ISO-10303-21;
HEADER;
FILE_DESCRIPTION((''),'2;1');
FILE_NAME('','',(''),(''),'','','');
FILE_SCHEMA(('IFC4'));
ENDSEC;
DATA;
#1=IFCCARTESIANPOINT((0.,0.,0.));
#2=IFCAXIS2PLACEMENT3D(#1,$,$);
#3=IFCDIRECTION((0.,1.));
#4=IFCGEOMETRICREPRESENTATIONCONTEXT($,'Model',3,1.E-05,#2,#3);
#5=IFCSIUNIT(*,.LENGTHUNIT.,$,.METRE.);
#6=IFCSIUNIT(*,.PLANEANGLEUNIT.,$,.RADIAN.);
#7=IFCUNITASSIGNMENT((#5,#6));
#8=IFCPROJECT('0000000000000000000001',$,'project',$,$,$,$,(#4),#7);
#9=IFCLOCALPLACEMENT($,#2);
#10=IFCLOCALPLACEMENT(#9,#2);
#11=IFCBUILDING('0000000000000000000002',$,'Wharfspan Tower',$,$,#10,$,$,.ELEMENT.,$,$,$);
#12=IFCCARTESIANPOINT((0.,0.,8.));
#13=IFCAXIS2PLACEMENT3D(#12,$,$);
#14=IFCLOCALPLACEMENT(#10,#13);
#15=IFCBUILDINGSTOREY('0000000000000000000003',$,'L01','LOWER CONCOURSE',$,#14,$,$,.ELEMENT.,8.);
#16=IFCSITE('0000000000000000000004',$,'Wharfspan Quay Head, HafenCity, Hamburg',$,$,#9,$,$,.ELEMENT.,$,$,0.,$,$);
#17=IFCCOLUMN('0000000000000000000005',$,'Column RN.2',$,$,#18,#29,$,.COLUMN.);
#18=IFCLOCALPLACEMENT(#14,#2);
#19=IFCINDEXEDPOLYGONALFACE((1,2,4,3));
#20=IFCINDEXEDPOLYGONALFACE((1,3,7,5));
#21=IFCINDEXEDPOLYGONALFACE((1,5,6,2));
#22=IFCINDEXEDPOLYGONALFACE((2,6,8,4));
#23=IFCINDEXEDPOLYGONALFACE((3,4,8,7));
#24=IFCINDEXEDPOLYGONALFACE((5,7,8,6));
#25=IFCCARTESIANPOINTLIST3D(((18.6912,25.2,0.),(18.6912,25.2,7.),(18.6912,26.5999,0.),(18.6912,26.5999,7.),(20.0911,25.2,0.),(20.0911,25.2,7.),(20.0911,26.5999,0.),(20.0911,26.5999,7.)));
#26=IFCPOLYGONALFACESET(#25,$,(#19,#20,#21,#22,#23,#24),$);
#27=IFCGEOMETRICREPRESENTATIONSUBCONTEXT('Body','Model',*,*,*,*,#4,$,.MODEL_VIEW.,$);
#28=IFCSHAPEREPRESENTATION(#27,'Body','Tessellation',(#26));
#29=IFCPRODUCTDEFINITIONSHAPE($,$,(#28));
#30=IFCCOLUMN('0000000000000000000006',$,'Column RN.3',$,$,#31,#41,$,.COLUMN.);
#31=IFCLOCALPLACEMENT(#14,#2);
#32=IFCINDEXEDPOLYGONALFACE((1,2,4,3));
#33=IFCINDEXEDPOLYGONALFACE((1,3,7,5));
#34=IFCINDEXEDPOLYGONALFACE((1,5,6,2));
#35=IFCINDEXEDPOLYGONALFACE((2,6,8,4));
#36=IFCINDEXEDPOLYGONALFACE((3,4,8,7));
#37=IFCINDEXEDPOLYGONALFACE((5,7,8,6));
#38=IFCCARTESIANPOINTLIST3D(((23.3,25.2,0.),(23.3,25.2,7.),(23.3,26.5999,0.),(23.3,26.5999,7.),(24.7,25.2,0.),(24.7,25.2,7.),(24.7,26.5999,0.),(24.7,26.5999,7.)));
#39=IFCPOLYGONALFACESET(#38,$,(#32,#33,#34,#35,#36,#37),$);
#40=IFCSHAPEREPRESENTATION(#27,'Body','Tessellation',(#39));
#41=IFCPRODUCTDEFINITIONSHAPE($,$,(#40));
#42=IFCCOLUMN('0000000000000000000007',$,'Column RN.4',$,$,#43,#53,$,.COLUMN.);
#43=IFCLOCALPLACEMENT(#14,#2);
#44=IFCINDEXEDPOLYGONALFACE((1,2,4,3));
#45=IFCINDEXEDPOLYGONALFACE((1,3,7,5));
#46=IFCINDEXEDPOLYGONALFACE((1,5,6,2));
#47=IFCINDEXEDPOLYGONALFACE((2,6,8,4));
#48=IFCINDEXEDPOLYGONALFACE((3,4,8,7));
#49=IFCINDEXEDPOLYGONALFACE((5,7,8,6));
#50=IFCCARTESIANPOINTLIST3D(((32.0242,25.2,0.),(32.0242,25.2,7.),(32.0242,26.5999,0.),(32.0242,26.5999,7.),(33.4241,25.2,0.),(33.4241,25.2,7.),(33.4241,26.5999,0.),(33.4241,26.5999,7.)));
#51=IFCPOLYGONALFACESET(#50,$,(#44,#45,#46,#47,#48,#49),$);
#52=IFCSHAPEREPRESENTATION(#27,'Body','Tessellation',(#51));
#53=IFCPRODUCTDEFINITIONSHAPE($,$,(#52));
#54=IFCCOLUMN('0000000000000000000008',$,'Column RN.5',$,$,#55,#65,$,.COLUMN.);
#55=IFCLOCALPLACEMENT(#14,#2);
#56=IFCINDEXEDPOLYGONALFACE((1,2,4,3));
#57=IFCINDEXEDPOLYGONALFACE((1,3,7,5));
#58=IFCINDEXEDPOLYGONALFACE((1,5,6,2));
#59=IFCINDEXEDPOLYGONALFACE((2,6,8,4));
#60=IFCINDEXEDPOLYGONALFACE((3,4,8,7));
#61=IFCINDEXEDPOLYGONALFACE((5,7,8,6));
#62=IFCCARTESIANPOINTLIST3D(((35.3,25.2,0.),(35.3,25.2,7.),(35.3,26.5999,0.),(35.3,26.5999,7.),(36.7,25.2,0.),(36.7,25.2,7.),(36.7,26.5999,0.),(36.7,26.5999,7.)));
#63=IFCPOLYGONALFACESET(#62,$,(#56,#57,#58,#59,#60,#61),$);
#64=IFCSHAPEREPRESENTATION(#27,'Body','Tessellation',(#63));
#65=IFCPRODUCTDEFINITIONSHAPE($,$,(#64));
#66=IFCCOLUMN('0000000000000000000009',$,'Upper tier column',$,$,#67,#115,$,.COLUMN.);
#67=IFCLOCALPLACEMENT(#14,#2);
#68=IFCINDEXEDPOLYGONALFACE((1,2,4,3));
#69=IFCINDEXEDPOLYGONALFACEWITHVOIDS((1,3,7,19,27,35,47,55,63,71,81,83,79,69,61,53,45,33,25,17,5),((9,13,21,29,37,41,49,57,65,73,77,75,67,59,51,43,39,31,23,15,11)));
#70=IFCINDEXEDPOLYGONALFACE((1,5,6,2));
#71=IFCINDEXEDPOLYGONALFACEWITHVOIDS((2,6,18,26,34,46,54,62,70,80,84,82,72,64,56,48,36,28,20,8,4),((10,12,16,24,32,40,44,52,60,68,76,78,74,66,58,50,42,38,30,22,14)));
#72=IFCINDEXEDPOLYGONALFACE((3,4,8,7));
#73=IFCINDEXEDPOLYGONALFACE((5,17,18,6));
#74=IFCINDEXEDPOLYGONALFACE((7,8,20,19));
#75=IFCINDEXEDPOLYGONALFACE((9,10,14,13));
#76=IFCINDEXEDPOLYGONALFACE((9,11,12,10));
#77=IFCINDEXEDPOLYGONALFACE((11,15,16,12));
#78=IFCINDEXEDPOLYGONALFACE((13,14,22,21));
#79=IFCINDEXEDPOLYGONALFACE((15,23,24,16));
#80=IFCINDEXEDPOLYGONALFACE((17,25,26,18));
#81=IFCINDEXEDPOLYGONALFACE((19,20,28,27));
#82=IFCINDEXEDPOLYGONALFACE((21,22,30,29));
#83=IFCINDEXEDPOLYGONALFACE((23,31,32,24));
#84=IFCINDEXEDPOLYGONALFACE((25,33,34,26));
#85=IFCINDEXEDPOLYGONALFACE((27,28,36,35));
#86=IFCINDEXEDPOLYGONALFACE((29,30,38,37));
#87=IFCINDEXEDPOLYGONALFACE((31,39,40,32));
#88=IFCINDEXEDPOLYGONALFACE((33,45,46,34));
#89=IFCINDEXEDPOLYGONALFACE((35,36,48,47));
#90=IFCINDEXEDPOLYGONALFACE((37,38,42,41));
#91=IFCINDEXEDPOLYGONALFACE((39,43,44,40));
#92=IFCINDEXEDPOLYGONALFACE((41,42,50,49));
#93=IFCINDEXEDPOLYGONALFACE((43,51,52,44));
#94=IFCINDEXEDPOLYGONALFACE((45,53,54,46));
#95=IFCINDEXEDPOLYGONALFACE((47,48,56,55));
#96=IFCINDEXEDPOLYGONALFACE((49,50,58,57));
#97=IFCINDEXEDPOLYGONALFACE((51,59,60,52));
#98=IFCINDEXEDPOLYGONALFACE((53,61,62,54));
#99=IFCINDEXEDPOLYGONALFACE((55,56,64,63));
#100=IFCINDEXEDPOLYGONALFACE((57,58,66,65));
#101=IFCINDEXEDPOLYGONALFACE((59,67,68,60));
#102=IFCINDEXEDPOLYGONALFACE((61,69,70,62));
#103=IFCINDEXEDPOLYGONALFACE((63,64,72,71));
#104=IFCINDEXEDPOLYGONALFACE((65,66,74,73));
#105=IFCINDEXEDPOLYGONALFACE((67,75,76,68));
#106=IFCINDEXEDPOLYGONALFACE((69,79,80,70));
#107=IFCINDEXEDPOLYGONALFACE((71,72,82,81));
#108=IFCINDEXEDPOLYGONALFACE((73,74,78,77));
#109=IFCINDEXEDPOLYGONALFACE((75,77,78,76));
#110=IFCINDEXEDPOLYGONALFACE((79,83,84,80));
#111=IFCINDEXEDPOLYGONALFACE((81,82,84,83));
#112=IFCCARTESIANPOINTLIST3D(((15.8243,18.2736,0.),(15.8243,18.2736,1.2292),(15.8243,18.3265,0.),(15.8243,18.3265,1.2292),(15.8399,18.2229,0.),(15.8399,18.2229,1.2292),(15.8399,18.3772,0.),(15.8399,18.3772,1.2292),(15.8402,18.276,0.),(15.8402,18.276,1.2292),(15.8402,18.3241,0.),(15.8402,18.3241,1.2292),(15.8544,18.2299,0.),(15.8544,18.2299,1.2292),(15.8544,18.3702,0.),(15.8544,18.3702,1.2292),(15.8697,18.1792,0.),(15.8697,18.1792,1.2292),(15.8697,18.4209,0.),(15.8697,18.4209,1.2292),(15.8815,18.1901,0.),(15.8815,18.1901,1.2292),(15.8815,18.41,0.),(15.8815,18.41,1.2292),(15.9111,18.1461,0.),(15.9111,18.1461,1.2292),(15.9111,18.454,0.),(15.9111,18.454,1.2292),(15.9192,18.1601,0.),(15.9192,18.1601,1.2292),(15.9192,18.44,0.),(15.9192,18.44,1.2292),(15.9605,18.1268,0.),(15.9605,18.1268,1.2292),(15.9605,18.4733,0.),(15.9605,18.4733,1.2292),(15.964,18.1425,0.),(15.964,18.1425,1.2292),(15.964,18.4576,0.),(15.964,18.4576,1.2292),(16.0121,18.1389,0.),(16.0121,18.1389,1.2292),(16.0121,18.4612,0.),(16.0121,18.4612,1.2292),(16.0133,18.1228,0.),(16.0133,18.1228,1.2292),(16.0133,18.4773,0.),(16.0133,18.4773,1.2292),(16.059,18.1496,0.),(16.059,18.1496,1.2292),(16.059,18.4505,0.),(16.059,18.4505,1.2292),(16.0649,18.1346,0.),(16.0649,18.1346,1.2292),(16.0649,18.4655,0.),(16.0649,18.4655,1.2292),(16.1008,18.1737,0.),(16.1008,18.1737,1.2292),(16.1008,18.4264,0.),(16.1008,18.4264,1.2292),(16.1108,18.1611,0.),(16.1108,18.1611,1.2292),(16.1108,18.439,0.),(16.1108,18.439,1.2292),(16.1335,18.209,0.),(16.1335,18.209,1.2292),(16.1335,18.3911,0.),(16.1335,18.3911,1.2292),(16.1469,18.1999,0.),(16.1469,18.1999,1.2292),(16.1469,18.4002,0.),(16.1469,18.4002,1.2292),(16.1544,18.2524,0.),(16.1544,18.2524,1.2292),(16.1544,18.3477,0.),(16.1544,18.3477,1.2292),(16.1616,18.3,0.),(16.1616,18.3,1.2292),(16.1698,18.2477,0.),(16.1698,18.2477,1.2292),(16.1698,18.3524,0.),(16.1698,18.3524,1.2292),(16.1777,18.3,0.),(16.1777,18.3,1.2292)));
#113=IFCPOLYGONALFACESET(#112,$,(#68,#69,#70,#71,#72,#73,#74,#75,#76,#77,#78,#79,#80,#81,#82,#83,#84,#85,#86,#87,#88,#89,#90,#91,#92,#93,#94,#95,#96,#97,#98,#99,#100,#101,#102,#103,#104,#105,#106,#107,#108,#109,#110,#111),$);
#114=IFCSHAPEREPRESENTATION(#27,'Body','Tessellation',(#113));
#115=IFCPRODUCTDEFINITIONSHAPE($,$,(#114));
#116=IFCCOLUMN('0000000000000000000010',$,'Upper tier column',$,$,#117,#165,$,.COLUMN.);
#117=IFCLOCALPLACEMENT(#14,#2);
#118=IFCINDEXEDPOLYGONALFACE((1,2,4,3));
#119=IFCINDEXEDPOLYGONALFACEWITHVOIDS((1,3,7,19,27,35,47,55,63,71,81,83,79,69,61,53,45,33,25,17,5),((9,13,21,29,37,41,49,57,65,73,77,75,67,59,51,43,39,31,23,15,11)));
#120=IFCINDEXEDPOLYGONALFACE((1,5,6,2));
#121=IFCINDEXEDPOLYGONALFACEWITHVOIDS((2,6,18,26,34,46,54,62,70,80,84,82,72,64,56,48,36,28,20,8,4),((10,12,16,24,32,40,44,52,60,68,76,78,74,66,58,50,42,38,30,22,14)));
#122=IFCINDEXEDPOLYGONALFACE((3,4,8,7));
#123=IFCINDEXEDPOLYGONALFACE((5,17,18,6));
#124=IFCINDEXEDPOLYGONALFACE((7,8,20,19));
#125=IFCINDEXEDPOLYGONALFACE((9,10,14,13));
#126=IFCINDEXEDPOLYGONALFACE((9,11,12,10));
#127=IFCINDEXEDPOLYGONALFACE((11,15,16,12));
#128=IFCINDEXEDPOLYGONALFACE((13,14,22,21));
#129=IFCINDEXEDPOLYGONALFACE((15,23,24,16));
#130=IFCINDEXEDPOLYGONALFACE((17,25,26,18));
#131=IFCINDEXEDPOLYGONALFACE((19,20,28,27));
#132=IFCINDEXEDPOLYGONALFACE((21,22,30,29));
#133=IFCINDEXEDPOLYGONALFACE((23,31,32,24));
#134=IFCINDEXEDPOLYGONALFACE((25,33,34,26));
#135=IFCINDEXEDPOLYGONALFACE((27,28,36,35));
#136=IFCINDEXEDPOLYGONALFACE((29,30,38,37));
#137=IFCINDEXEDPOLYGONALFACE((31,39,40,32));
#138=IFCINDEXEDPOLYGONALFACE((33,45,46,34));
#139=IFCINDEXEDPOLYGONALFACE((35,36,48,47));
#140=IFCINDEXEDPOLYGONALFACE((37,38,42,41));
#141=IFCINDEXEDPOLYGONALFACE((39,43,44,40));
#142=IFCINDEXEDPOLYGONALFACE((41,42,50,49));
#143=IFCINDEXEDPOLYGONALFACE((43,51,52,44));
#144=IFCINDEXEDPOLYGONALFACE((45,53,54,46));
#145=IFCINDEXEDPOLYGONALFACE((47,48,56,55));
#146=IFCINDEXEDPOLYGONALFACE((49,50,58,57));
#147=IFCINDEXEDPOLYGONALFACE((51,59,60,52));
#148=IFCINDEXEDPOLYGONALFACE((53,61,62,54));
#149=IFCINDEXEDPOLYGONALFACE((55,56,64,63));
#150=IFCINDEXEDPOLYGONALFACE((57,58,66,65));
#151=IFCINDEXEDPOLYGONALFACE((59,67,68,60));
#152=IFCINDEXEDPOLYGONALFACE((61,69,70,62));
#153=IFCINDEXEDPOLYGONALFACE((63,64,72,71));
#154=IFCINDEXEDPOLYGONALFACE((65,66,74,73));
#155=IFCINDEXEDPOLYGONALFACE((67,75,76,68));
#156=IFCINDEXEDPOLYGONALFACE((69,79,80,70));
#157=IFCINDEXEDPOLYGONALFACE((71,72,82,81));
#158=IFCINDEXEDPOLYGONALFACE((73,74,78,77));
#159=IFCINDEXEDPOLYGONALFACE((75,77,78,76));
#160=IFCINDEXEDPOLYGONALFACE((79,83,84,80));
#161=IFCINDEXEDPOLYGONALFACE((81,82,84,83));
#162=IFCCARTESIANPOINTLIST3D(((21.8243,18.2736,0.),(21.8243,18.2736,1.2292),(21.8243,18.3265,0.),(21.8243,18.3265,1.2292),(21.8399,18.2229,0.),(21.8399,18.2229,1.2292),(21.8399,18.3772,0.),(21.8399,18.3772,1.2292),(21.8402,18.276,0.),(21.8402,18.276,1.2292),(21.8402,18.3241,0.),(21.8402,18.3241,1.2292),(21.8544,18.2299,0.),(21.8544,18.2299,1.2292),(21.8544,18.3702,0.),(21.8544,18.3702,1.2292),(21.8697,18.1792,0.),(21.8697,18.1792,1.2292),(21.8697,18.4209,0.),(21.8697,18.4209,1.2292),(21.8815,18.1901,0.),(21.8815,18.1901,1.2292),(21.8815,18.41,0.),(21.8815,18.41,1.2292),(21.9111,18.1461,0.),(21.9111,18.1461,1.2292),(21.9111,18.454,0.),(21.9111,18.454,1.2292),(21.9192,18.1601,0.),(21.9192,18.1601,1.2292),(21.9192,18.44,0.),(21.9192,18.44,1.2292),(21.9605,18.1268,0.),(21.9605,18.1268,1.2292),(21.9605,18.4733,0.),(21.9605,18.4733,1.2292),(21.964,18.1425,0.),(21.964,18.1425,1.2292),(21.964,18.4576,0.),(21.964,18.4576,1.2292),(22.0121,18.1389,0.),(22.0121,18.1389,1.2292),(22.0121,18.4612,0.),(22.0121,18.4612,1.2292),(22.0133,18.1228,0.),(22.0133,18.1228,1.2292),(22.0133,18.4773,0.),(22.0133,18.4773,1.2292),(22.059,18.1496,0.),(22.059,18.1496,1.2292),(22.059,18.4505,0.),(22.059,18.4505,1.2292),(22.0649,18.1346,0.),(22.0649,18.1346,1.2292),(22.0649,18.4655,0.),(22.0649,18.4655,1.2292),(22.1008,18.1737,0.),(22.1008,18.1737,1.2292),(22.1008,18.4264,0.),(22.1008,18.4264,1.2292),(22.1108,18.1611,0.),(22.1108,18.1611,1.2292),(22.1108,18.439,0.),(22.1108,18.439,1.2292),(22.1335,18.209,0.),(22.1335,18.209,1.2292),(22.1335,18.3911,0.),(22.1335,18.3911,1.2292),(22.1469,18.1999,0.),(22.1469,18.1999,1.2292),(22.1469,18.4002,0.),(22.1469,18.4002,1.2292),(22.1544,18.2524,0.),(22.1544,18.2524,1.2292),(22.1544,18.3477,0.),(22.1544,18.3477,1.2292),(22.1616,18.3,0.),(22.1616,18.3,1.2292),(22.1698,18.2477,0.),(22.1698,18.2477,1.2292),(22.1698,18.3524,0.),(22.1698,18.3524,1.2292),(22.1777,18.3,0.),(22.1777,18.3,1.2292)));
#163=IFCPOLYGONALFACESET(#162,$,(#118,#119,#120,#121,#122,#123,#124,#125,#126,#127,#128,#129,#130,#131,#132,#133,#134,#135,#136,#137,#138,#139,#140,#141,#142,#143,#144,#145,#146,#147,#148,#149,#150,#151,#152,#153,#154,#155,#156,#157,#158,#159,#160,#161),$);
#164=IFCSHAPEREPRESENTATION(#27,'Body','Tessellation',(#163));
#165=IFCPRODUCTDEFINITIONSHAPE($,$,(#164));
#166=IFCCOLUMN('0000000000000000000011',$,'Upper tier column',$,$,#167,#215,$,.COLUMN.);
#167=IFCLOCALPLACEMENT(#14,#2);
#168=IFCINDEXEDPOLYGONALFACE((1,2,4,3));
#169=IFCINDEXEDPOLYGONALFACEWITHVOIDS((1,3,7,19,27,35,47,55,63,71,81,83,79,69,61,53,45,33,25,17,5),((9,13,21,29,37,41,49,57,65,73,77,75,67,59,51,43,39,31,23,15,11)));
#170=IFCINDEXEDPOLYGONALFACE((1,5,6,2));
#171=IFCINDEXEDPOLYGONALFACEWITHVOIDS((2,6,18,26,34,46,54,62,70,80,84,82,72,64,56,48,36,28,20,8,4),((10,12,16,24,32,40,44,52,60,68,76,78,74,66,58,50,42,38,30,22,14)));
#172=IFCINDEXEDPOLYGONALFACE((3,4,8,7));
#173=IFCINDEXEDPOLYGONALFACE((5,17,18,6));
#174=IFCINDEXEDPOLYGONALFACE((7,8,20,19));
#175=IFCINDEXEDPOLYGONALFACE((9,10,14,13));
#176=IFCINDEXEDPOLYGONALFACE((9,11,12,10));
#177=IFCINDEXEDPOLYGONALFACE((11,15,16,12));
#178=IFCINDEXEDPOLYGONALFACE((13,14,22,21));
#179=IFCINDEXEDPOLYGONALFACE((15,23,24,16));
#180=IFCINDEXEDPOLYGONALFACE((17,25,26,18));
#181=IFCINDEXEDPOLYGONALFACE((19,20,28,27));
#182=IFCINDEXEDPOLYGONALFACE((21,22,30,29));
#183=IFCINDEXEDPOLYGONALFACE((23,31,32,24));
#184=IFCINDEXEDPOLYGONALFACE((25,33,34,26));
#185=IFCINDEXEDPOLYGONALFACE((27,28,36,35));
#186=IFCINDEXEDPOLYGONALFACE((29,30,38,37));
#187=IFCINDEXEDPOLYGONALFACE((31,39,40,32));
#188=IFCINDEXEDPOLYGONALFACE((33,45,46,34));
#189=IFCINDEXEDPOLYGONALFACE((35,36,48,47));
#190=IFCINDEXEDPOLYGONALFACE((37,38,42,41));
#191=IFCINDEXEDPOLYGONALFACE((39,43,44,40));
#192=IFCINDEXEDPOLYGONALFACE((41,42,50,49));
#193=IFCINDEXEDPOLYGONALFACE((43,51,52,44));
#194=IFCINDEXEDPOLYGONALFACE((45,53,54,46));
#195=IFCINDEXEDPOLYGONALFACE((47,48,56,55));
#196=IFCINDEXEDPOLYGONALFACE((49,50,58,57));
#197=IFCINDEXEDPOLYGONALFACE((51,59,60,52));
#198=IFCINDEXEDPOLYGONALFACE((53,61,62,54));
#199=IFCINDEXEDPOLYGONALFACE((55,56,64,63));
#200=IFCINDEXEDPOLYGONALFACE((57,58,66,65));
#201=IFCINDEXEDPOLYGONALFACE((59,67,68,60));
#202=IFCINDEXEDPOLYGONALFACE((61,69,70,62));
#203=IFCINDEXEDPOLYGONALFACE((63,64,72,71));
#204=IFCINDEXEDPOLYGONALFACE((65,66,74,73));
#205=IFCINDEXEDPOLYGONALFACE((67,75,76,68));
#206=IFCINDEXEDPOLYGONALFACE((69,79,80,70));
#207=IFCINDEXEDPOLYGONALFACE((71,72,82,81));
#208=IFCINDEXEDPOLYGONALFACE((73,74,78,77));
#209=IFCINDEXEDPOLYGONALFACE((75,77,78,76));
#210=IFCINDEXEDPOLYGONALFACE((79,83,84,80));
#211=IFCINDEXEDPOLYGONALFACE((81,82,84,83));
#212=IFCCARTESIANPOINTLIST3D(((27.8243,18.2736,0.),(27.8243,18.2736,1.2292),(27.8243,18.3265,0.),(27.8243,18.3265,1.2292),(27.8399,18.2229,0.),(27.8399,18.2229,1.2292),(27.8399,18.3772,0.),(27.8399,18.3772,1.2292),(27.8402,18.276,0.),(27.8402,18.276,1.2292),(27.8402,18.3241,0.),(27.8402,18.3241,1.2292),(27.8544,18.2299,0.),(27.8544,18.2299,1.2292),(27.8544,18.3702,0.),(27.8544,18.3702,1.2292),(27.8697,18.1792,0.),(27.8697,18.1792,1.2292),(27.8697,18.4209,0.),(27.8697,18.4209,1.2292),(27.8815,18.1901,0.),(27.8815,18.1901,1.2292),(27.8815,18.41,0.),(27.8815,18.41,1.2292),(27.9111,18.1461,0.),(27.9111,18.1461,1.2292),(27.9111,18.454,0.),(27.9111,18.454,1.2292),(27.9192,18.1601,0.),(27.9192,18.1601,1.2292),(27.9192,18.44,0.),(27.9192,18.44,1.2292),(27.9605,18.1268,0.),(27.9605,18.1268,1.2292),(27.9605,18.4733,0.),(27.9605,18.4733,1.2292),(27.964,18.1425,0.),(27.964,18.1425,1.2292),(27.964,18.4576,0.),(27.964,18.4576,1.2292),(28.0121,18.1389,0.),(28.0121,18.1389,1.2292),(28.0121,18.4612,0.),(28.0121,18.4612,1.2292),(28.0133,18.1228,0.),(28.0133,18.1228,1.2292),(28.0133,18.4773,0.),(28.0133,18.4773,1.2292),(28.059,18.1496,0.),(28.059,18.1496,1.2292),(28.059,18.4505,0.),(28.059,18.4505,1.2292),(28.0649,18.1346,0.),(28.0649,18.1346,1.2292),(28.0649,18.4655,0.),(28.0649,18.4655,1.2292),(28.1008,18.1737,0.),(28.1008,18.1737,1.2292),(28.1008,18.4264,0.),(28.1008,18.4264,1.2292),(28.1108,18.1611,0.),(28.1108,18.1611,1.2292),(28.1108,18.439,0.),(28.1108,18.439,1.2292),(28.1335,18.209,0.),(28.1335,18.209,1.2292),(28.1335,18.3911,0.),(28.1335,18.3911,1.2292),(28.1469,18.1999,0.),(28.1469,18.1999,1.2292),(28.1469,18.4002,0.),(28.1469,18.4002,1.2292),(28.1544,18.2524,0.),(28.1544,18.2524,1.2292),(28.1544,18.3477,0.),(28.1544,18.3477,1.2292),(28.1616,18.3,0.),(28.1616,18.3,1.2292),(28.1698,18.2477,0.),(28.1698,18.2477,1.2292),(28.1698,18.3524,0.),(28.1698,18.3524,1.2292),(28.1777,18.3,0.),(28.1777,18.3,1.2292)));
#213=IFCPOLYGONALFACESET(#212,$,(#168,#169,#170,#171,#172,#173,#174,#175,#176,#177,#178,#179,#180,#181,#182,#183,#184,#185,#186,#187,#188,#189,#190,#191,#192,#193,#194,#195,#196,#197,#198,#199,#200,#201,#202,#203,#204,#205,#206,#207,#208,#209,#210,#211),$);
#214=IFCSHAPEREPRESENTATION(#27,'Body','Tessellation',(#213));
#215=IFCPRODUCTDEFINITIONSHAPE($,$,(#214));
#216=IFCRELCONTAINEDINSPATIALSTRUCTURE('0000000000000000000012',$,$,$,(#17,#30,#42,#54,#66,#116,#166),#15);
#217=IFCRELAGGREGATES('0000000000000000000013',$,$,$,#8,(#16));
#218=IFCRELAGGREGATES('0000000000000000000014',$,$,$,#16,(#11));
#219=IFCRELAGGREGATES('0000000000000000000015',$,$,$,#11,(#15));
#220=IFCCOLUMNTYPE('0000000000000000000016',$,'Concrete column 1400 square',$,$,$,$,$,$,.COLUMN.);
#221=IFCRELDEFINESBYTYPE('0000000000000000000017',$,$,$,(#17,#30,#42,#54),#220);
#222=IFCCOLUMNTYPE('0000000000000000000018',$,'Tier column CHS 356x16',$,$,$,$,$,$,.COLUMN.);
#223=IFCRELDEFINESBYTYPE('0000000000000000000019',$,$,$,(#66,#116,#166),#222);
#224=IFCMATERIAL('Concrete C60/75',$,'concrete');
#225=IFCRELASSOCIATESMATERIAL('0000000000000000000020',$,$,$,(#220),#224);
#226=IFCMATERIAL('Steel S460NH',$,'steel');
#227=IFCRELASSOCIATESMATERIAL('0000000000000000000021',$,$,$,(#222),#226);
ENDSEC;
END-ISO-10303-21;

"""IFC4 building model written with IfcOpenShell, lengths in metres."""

from ifc_helpers import new_model, si_unit, direction, frame, origin, origin_2d, place, context, subcontext, project, spatial, rectangle, hollow_circle, extrude, material, material_profile, profile_set, type_object, element, save


model = new_model("IFC4")

# Units and contexts
model_context = context("Model", 3, precision=1e-05, world=origin(), true_north=direction((0.0, 1.0)))
body_context = subcontext(model_context, "Body", "Model", "MODEL_VIEW")
ifc_project = project(units=[si_unit("LENGTHUNIT", "METRE"), si_unit("PLANEANGLEUNIT", "RADIAN")], contexts=[model_context])

# Site, building, storey
site_placement = place(None, origin())
site = spatial("IfcSite", under=ifc_project, at=site_placement, Name="Wharfspan Quay Head, HafenCity, Hamburg", CompositionType="ELEMENT", RefElevation=0.0)
building_placement = place(site_placement, origin())
building = spatial("IfcBuilding", under=site, at=building_placement, Name="Wharfspan Tower", CompositionType="ELEMENT")
storey_placement = place(building_placement, frame((0.0, 0.0, 8.0)))
storey = spatial("IfcBuildingStorey", under=building, at=storey_placement, Name="L01", Description="LOWER CONCOURSE", CompositionType="ELEMENT", Elevation=8.0)

# Columns
ifc_material_1 = material(Name="Concrete C60/75", Category="concrete")
ifc_material_profile_1 = material_profile(ifc_material_1, rectangle(XDim=1.3999, YDim=1.3999, at=origin_2d()))
ifc_profile_set_1 = profile_set([ifc_material_profile_1], Name="Concrete C60/75")
column_type_1 = type_object("IfcColumnType", Name="Concrete column 1400 square", PredefinedType="COLUMN", material=ifc_profile_set_1)
for number, where, z_axis, x_axis, name in (
    (1, (19.3911, 25.8999, 0.0), (0.0, 0.0, 1.0), (1.0, 0.0, 0.0), "Column RN.2"),
    (2, (24.0, 25.8999, 0.0), (0.0, 0.0, 1.0), (1.0, 0.0, 0.0), "Column RN.3"),
    (3, (32.7241, 25.8999, 0.0), (0.0, 0.0, 1.0), (1.0, 0.0, 0.0), "Column RN.4"),
    (4, (36.0, 25.8999, 0.0), (0.0, 0.0, 1.0), (1.0, 0.0, 0.0), "Column RN.5"),
):
    element("IfcColumn", number, at=place(storey_placement, frame(where, z_axis=z_axis, x_axis=x_axis)), inside=storey, type_object=column_type_1, Name=name, PredefinedType="COLUMN", context=body_context, shape_type="SweptSolid", body=[
        extrude(rectangle(XDim=1.3999, YDim=1.3999, at=origin_2d()), origin(), (0.0, 0.0, 1.0), 7.0),
    ])
ifc_material_2 = material(Name="Steel S460NH", Category="steel")
ifc_material_profile_2 = material_profile(ifc_material_2, hollow_circle(Radius=0.1777, WallThickness=0.0161, at=origin_2d()))
ifc_profile_set_2 = profile_set([ifc_material_profile_2], Name="Steel S460NH")
column_type_2 = type_object("IfcColumnType", Name="Tier column CHS 356x16", PredefinedType="COLUMN", material=ifc_profile_set_2)
for number, where, z_axis, x_axis, name in (
    (5, (16.0, 18.3, 0.0), (0.0, 0.0, 1.0), (1.0, 0.0, 0.0), "Upper tier column"),
    (6, (22.0, 18.3, 0.0), (0.0, 0.0, 1.0), (1.0, 0.0, 0.0), "Upper tier column"),
    (7, (28.0, 18.3, 0.0), (0.0, 0.0, 1.0), (1.0, 0.0, 0.0), "Upper tier column"),
):
    element("IfcColumn", number, at=place(storey_placement, frame(where, z_axis=z_axis, x_axis=x_axis)), inside=storey, type_object=column_type_2, Name=name, PredefinedType="COLUMN", context=body_context, shape_type="SweptSolid", body=[
        extrude(hollow_circle(Radius=0.1777, WallThickness=0.0161, at=origin_2d()), origin(), (0.0, 0.0, 1.0), 1.2292),
    ])

save(model, "model.ifc")
